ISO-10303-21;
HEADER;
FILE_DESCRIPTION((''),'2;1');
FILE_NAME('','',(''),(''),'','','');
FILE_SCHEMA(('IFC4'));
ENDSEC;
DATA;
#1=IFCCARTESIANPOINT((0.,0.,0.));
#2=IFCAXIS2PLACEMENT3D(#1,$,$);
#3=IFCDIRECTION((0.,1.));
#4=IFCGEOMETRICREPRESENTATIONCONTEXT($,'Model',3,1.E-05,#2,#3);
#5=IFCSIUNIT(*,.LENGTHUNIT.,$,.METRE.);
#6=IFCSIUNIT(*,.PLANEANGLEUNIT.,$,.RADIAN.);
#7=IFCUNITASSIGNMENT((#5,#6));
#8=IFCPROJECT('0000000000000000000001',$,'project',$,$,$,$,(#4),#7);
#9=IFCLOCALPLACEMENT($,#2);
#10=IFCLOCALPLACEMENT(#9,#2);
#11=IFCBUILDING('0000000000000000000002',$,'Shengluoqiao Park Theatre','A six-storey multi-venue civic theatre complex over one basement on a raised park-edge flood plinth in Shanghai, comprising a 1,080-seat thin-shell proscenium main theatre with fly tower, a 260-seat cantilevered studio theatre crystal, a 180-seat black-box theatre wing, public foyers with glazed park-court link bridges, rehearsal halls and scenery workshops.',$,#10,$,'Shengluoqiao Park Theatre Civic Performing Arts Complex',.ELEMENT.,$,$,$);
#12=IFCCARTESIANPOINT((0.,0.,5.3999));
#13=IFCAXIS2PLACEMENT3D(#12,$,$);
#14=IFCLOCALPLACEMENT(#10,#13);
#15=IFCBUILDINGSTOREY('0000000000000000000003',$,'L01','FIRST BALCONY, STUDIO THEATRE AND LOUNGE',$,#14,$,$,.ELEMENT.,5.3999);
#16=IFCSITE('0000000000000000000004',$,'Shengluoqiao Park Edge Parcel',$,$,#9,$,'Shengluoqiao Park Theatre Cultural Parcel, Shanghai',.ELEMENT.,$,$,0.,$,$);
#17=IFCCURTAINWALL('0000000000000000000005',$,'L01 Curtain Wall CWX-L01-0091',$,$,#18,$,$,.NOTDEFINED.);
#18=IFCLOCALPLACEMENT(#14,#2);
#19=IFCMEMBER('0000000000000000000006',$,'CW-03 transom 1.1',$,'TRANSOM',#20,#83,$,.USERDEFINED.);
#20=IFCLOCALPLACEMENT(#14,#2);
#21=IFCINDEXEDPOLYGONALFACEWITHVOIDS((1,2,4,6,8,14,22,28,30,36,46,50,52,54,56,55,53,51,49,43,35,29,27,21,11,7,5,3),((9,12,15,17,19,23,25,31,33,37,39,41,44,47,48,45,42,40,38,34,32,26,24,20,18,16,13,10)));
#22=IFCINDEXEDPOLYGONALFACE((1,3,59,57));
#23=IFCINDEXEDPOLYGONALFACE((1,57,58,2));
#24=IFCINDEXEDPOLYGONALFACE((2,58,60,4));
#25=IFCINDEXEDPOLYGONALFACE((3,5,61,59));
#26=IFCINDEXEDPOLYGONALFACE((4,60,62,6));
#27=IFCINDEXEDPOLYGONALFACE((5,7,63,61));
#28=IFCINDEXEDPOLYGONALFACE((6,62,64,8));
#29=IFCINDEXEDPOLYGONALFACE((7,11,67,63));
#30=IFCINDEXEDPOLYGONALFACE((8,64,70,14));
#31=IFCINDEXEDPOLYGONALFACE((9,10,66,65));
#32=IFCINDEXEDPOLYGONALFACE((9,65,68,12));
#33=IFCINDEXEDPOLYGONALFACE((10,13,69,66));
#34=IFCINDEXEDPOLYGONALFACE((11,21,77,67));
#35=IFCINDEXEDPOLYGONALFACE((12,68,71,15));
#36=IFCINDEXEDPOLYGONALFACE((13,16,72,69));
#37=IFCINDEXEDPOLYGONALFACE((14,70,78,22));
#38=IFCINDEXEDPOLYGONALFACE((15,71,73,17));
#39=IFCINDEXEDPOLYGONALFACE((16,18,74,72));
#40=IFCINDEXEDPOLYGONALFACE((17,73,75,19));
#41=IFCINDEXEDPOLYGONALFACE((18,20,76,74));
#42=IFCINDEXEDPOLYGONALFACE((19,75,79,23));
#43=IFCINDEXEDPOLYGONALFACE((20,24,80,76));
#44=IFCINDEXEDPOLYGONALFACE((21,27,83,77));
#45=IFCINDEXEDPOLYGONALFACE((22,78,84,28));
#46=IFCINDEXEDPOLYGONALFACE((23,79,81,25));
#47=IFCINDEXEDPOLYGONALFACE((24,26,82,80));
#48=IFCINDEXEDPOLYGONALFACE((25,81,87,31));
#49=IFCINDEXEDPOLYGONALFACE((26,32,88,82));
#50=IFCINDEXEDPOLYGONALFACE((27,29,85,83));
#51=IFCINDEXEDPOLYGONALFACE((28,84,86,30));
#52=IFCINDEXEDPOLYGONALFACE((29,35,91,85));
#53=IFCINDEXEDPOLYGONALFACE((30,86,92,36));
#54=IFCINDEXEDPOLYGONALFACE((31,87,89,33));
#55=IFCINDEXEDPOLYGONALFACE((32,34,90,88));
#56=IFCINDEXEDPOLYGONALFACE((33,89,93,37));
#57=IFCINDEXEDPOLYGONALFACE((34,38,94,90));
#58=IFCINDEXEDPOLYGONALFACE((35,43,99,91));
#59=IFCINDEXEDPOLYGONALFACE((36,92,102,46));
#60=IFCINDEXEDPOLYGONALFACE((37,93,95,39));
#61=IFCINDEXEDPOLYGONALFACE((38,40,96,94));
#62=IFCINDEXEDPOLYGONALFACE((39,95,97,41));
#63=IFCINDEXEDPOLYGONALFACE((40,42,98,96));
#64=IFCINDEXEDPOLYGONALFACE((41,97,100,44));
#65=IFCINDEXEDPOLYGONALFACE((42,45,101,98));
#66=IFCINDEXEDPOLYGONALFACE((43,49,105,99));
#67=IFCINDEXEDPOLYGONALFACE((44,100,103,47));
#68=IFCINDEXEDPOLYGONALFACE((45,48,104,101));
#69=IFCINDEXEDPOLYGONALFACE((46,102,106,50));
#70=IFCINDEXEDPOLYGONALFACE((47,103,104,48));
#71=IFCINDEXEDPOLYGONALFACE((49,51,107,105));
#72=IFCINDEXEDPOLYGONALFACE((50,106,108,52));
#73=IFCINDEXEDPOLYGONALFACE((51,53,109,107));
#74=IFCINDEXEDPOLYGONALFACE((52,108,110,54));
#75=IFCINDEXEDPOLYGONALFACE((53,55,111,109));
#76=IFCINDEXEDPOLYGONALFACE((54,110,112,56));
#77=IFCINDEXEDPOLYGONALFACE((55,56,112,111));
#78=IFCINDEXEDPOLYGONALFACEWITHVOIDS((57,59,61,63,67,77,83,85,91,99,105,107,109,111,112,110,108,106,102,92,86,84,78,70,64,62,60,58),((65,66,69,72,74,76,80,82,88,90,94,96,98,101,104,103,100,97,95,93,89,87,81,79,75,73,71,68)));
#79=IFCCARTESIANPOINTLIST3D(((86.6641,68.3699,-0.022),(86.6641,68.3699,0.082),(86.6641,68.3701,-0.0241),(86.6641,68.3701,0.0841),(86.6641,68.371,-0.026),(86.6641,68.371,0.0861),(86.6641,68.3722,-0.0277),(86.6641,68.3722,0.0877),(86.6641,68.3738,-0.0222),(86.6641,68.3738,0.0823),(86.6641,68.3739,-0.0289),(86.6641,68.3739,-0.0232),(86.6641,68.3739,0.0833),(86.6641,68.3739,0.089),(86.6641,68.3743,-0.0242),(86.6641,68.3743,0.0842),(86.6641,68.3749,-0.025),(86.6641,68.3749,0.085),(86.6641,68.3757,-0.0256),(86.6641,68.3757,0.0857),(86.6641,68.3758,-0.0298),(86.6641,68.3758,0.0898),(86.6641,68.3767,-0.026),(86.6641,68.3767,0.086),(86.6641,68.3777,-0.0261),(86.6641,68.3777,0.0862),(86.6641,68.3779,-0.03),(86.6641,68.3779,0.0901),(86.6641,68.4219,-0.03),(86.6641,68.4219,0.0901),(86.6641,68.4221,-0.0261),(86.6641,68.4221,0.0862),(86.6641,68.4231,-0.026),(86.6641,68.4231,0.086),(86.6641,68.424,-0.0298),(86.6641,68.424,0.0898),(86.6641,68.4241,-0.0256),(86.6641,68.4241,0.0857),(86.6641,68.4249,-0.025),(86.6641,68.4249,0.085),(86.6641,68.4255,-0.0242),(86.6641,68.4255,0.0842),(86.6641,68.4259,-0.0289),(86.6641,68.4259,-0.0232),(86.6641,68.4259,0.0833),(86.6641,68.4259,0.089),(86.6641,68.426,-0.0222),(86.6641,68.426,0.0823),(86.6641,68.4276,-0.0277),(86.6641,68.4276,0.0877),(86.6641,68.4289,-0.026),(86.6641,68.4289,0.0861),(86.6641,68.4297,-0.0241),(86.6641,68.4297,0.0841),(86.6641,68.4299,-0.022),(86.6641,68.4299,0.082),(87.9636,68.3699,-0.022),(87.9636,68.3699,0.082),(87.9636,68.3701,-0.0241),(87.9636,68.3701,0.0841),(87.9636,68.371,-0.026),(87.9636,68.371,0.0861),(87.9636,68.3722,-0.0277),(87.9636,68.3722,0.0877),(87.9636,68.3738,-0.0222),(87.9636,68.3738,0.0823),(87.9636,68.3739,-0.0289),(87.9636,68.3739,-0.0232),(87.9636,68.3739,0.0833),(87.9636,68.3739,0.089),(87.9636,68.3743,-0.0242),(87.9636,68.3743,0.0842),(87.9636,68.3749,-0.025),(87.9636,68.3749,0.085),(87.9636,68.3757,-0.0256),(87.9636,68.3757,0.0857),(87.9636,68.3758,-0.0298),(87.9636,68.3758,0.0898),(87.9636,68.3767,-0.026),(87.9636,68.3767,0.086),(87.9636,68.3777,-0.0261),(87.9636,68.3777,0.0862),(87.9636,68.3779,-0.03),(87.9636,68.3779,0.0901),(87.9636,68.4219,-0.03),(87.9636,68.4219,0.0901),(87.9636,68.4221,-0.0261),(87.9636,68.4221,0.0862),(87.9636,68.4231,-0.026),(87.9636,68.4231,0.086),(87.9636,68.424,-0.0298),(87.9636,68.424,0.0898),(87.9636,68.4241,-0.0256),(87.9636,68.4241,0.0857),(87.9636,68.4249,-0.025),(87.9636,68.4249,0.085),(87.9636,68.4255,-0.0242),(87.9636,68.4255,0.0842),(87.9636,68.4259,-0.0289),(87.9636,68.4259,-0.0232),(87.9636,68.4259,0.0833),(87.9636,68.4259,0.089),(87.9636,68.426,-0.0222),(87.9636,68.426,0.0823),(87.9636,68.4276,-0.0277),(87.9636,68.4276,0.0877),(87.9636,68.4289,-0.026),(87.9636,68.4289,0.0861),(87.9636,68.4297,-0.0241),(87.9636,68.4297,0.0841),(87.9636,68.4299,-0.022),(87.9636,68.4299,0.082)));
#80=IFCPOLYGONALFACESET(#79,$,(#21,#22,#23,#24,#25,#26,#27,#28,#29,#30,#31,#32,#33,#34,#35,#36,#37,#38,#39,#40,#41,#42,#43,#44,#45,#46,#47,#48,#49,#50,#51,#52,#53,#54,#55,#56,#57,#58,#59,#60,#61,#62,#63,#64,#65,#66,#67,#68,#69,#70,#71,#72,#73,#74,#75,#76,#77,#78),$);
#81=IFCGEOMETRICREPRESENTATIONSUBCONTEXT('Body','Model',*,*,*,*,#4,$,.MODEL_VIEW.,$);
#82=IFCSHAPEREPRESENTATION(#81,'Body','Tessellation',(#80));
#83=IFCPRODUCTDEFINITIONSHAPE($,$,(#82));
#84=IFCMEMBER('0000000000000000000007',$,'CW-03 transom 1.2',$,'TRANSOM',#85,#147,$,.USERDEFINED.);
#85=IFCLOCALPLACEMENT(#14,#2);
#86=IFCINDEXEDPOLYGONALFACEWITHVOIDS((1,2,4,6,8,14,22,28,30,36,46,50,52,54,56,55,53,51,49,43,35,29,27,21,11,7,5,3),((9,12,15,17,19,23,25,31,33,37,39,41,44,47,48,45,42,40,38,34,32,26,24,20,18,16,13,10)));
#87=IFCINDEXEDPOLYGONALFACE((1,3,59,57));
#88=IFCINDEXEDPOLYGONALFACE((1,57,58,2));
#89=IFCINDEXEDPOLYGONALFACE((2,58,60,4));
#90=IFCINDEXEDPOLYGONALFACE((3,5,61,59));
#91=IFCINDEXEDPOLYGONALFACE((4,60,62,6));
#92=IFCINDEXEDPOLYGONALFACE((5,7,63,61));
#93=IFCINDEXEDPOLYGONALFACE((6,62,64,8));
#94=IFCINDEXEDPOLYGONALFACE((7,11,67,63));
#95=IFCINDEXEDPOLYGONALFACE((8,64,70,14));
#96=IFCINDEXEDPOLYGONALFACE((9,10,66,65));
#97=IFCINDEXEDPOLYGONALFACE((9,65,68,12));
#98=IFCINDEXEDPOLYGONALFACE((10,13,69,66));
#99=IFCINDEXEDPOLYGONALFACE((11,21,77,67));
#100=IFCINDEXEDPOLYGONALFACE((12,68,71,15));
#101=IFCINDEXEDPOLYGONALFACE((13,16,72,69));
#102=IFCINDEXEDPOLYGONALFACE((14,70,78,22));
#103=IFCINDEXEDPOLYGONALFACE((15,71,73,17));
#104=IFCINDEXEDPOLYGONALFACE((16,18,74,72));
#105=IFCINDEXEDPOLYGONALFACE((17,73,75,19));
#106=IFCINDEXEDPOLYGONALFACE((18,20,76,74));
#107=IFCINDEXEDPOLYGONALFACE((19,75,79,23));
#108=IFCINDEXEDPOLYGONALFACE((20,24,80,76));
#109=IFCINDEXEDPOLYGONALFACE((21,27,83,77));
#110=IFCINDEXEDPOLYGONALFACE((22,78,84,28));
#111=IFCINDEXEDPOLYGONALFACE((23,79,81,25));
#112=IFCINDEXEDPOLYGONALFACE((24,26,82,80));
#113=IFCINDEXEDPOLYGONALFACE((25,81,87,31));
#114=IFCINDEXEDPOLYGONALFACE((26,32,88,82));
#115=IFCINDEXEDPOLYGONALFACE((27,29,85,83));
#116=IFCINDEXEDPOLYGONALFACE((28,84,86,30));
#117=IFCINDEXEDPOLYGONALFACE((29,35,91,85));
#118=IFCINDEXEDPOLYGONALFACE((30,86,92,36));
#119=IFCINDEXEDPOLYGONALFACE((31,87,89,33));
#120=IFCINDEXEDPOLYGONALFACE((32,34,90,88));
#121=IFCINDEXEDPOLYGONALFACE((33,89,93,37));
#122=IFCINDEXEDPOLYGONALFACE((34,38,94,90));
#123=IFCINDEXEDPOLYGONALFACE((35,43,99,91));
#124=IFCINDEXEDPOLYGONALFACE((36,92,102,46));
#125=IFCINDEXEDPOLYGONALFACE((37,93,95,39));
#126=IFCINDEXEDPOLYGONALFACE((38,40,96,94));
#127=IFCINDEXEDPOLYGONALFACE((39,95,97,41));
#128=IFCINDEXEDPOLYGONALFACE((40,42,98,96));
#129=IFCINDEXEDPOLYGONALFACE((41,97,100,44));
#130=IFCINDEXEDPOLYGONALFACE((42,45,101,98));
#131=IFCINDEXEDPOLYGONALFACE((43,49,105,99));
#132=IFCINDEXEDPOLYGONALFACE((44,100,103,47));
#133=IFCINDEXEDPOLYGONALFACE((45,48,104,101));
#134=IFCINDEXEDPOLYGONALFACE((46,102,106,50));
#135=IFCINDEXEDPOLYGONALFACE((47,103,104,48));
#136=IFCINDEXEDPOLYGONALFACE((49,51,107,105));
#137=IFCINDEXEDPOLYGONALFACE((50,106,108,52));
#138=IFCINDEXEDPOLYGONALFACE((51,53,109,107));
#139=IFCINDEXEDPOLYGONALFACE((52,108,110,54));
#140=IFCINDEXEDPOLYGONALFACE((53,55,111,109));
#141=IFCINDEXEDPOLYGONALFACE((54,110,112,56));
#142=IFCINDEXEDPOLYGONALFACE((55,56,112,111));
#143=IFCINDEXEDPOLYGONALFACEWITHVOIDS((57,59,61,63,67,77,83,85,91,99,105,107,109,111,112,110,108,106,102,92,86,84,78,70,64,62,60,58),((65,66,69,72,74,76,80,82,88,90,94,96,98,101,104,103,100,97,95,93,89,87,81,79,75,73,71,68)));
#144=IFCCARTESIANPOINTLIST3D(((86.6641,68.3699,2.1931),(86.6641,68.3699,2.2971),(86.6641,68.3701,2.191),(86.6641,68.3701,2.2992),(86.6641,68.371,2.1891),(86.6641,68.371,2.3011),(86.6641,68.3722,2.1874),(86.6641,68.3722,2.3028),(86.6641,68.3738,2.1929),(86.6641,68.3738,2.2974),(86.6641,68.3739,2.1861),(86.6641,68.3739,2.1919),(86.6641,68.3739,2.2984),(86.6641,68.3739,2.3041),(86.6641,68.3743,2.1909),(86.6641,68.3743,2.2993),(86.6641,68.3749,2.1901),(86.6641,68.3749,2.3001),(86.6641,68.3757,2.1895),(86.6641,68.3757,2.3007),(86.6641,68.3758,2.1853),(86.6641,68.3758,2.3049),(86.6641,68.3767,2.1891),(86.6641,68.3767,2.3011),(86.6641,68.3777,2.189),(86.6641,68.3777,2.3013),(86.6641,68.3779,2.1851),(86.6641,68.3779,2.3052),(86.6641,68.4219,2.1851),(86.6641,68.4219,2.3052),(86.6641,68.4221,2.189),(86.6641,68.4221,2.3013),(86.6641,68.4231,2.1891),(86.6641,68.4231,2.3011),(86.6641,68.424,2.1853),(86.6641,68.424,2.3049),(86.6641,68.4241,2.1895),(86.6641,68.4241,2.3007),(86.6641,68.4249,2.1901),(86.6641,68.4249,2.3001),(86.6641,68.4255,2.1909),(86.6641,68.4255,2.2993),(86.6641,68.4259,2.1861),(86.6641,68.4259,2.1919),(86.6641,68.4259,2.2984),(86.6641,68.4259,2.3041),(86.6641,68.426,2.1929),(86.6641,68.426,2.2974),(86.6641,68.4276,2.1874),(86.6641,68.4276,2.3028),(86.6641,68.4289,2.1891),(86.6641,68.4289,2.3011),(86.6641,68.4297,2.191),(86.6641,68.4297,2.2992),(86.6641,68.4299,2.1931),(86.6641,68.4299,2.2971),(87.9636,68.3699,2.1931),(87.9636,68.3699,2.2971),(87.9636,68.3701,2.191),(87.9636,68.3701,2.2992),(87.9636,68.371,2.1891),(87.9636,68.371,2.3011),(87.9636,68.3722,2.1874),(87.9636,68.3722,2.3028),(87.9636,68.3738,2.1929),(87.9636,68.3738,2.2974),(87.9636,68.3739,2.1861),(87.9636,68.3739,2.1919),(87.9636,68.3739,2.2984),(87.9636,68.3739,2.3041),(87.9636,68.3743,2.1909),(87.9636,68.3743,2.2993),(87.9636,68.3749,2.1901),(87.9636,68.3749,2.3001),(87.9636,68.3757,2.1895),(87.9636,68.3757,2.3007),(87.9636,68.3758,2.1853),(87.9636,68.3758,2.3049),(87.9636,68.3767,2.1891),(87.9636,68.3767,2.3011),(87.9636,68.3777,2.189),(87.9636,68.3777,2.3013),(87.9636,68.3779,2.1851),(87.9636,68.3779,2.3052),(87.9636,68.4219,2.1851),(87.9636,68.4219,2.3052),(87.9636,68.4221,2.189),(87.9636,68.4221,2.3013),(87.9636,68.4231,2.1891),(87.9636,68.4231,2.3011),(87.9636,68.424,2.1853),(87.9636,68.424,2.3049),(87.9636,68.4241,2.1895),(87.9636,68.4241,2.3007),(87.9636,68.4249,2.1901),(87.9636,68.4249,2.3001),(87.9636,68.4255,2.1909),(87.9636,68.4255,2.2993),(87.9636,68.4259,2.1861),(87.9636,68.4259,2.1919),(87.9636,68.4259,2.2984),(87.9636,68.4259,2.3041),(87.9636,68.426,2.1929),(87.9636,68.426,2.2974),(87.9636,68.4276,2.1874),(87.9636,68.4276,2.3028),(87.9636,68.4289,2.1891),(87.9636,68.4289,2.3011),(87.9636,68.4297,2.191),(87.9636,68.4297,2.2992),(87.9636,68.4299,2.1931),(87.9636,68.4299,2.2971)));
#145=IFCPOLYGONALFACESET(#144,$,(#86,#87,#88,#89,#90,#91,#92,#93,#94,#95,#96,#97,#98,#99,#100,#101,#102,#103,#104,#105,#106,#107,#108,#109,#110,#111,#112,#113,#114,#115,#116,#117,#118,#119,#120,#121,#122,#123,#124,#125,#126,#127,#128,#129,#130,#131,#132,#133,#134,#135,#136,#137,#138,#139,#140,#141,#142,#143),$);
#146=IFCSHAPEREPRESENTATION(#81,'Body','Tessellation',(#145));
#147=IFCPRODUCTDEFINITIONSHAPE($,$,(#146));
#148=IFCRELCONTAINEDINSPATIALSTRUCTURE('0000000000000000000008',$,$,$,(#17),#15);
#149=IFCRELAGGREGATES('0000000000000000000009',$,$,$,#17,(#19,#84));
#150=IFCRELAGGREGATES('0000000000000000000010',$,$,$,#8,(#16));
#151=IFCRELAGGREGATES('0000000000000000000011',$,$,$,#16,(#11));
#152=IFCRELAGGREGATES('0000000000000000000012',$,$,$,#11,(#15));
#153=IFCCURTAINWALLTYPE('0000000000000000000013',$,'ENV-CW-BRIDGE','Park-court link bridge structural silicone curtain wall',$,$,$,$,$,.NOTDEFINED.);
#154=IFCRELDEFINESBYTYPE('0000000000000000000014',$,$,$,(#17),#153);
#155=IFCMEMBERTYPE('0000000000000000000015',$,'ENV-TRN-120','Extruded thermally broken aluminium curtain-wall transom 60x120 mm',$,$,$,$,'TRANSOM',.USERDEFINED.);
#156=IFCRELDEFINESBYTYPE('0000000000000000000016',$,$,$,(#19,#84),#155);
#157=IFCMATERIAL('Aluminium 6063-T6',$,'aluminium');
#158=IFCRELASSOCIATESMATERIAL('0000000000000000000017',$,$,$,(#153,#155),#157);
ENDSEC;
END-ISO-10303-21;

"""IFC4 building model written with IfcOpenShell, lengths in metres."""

from ifc_helpers import new_model, si_unit, direction, frame, origin, origin_2d, place, context, subcontext, project, spatial, hollow_rectangle, extrude, material, material_profile, profile_set, type_object, element, aggregate, save


model = new_model("IFC4")

# Units and contexts
model_context = context("Model", 3, precision=1e-05, world=origin(), true_north=direction((0.0, 1.0)))
body_context = subcontext(model_context, "Body", "Model", "MODEL_VIEW")
ifc_project = project(units=[si_unit("LENGTHUNIT", "METRE"), si_unit("PLANEANGLEUNIT", "RADIAN")], contexts=[model_context])

# Site, building, storey
site_placement = place(None, origin())
site = spatial("IfcSite", under=ifc_project, at=site_placement, Name="Shengluoqiao Park Edge Parcel", LongName="Shengluoqiao Park Theatre Cultural Parcel, Shanghai", CompositionType="ELEMENT", RefElevation=0.0)
building_placement = place(site_placement, origin())
building = spatial("IfcBuilding", under=site, at=building_placement, Name="Shengluoqiao Park Theatre", Description="A six-storey multi-venue civic theatre complex over one basement on a raised park-edge flood plinth in Shanghai, comprising a 1,080-seat thin-shell proscenium main theatre with fly tower, a 260-seat cantilevered studio theatre crystal, a 180-seat black-box theatre wing, public foyers with glazed park-court link bridges, rehearsal halls and scenery workshops.", LongName="Shengluoqiao Park Theatre Civic Performing Arts Complex", CompositionType="ELEMENT")
storey_placement = place(building_placement, frame((0.0, 0.0, 5.3999)))
storey = spatial("IfcBuildingStorey", under=building, at=storey_placement, Name="L01", Description="FIRST BALCONY, STUDIO THEATRE AND LOUNGE", CompositionType="ELEMENT", Elevation=5.3999)

# Curtain wall, members
ifc_material_1 = material(Name="Aluminium 6063-T6", Category="aluminium")
curtain_wall_type = type_object("IfcCurtainWallType", Name="ENV-CW-BRIDGE", Description="Park-court link bridge structural silicone curtain wall", PredefinedType="NOTDEFINED", material=ifc_material_1)
curtain_wall_placement = place(storey_placement, origin())
curtain_wall = element("IfcCurtainWall", 1, at=curtain_wall_placement, inside=storey, type_object=curtain_wall_type, Name="L01 Curtain Wall CWX-L01-0091", PredefinedType="NOTDEFINED")
ifc_material_profile_1 = material_profile(ifc_material_1, hollow_rectangle(XDim=0.0601, YDim=0.1201, WallThickness=0.0039, InnerFilletRadius=0.0039, OuterFilletRadius=0.0081, at=origin_2d()), Name="ALU TRANSOM 120x60x4")
ifc_profile_set_1 = profile_set([ifc_material_profile_1], Name="Aluminium 6063-T6")
member_type_1 = type_object("IfcMemberType", Name="ENV-TRN-120", Description="Extruded thermally broken aluminium curtain-wall transom 60x120 mm", ElementType="TRANSOM", PredefinedType="USERDEFINED", material=ifc_profile_set_1)
member_1_placement = place(storey_placement, frame((86.6641, 68.3999, 0.03), z_axis=(1.0, 0.0, 0.0), x_axis=(0.0, 1.0, 0.0)))
member_1 = element("IfcMember", 2, at=member_1_placement, type_object=member_type_1, Name="CW-03 transom 1.1", ObjectType="TRANSOM", PredefinedType="USERDEFINED", context=body_context, shape_type="SweptSolid", body=[
    extrude(hollow_rectangle(XDim=0.0601, YDim=0.1201, WallThickness=0.0039, InnerFilletRadius=0.0039, OuterFilletRadius=0.0081, at=origin_2d()), origin(), (0.0, 0.0, 1.0), 1.2996),
])
member_2_placement = place(storey_placement, frame((86.6641, 68.3999, 2.2451), z_axis=(1.0, 0.0, 0.0), x_axis=(0.0, 1.0, 0.0)))
member_2 = element("IfcMember", 3, at=member_2_placement, type_object=member_type_1, Name="CW-03 transom 1.2", ObjectType="TRANSOM", PredefinedType="USERDEFINED", context=body_context, shape_type="SweptSolid", body=[
    extrude(hollow_rectangle(XDim=0.0601, YDim=0.1201, WallThickness=0.0039, InnerFilletRadius=0.0039, OuterFilletRadius=0.0081, at=origin_2d()), origin(), (0.0, 0.0, 1.0), 1.2996),
])

aggregate(curtain_wall, [member_1, member_2])

save(model, "model.ifc")
